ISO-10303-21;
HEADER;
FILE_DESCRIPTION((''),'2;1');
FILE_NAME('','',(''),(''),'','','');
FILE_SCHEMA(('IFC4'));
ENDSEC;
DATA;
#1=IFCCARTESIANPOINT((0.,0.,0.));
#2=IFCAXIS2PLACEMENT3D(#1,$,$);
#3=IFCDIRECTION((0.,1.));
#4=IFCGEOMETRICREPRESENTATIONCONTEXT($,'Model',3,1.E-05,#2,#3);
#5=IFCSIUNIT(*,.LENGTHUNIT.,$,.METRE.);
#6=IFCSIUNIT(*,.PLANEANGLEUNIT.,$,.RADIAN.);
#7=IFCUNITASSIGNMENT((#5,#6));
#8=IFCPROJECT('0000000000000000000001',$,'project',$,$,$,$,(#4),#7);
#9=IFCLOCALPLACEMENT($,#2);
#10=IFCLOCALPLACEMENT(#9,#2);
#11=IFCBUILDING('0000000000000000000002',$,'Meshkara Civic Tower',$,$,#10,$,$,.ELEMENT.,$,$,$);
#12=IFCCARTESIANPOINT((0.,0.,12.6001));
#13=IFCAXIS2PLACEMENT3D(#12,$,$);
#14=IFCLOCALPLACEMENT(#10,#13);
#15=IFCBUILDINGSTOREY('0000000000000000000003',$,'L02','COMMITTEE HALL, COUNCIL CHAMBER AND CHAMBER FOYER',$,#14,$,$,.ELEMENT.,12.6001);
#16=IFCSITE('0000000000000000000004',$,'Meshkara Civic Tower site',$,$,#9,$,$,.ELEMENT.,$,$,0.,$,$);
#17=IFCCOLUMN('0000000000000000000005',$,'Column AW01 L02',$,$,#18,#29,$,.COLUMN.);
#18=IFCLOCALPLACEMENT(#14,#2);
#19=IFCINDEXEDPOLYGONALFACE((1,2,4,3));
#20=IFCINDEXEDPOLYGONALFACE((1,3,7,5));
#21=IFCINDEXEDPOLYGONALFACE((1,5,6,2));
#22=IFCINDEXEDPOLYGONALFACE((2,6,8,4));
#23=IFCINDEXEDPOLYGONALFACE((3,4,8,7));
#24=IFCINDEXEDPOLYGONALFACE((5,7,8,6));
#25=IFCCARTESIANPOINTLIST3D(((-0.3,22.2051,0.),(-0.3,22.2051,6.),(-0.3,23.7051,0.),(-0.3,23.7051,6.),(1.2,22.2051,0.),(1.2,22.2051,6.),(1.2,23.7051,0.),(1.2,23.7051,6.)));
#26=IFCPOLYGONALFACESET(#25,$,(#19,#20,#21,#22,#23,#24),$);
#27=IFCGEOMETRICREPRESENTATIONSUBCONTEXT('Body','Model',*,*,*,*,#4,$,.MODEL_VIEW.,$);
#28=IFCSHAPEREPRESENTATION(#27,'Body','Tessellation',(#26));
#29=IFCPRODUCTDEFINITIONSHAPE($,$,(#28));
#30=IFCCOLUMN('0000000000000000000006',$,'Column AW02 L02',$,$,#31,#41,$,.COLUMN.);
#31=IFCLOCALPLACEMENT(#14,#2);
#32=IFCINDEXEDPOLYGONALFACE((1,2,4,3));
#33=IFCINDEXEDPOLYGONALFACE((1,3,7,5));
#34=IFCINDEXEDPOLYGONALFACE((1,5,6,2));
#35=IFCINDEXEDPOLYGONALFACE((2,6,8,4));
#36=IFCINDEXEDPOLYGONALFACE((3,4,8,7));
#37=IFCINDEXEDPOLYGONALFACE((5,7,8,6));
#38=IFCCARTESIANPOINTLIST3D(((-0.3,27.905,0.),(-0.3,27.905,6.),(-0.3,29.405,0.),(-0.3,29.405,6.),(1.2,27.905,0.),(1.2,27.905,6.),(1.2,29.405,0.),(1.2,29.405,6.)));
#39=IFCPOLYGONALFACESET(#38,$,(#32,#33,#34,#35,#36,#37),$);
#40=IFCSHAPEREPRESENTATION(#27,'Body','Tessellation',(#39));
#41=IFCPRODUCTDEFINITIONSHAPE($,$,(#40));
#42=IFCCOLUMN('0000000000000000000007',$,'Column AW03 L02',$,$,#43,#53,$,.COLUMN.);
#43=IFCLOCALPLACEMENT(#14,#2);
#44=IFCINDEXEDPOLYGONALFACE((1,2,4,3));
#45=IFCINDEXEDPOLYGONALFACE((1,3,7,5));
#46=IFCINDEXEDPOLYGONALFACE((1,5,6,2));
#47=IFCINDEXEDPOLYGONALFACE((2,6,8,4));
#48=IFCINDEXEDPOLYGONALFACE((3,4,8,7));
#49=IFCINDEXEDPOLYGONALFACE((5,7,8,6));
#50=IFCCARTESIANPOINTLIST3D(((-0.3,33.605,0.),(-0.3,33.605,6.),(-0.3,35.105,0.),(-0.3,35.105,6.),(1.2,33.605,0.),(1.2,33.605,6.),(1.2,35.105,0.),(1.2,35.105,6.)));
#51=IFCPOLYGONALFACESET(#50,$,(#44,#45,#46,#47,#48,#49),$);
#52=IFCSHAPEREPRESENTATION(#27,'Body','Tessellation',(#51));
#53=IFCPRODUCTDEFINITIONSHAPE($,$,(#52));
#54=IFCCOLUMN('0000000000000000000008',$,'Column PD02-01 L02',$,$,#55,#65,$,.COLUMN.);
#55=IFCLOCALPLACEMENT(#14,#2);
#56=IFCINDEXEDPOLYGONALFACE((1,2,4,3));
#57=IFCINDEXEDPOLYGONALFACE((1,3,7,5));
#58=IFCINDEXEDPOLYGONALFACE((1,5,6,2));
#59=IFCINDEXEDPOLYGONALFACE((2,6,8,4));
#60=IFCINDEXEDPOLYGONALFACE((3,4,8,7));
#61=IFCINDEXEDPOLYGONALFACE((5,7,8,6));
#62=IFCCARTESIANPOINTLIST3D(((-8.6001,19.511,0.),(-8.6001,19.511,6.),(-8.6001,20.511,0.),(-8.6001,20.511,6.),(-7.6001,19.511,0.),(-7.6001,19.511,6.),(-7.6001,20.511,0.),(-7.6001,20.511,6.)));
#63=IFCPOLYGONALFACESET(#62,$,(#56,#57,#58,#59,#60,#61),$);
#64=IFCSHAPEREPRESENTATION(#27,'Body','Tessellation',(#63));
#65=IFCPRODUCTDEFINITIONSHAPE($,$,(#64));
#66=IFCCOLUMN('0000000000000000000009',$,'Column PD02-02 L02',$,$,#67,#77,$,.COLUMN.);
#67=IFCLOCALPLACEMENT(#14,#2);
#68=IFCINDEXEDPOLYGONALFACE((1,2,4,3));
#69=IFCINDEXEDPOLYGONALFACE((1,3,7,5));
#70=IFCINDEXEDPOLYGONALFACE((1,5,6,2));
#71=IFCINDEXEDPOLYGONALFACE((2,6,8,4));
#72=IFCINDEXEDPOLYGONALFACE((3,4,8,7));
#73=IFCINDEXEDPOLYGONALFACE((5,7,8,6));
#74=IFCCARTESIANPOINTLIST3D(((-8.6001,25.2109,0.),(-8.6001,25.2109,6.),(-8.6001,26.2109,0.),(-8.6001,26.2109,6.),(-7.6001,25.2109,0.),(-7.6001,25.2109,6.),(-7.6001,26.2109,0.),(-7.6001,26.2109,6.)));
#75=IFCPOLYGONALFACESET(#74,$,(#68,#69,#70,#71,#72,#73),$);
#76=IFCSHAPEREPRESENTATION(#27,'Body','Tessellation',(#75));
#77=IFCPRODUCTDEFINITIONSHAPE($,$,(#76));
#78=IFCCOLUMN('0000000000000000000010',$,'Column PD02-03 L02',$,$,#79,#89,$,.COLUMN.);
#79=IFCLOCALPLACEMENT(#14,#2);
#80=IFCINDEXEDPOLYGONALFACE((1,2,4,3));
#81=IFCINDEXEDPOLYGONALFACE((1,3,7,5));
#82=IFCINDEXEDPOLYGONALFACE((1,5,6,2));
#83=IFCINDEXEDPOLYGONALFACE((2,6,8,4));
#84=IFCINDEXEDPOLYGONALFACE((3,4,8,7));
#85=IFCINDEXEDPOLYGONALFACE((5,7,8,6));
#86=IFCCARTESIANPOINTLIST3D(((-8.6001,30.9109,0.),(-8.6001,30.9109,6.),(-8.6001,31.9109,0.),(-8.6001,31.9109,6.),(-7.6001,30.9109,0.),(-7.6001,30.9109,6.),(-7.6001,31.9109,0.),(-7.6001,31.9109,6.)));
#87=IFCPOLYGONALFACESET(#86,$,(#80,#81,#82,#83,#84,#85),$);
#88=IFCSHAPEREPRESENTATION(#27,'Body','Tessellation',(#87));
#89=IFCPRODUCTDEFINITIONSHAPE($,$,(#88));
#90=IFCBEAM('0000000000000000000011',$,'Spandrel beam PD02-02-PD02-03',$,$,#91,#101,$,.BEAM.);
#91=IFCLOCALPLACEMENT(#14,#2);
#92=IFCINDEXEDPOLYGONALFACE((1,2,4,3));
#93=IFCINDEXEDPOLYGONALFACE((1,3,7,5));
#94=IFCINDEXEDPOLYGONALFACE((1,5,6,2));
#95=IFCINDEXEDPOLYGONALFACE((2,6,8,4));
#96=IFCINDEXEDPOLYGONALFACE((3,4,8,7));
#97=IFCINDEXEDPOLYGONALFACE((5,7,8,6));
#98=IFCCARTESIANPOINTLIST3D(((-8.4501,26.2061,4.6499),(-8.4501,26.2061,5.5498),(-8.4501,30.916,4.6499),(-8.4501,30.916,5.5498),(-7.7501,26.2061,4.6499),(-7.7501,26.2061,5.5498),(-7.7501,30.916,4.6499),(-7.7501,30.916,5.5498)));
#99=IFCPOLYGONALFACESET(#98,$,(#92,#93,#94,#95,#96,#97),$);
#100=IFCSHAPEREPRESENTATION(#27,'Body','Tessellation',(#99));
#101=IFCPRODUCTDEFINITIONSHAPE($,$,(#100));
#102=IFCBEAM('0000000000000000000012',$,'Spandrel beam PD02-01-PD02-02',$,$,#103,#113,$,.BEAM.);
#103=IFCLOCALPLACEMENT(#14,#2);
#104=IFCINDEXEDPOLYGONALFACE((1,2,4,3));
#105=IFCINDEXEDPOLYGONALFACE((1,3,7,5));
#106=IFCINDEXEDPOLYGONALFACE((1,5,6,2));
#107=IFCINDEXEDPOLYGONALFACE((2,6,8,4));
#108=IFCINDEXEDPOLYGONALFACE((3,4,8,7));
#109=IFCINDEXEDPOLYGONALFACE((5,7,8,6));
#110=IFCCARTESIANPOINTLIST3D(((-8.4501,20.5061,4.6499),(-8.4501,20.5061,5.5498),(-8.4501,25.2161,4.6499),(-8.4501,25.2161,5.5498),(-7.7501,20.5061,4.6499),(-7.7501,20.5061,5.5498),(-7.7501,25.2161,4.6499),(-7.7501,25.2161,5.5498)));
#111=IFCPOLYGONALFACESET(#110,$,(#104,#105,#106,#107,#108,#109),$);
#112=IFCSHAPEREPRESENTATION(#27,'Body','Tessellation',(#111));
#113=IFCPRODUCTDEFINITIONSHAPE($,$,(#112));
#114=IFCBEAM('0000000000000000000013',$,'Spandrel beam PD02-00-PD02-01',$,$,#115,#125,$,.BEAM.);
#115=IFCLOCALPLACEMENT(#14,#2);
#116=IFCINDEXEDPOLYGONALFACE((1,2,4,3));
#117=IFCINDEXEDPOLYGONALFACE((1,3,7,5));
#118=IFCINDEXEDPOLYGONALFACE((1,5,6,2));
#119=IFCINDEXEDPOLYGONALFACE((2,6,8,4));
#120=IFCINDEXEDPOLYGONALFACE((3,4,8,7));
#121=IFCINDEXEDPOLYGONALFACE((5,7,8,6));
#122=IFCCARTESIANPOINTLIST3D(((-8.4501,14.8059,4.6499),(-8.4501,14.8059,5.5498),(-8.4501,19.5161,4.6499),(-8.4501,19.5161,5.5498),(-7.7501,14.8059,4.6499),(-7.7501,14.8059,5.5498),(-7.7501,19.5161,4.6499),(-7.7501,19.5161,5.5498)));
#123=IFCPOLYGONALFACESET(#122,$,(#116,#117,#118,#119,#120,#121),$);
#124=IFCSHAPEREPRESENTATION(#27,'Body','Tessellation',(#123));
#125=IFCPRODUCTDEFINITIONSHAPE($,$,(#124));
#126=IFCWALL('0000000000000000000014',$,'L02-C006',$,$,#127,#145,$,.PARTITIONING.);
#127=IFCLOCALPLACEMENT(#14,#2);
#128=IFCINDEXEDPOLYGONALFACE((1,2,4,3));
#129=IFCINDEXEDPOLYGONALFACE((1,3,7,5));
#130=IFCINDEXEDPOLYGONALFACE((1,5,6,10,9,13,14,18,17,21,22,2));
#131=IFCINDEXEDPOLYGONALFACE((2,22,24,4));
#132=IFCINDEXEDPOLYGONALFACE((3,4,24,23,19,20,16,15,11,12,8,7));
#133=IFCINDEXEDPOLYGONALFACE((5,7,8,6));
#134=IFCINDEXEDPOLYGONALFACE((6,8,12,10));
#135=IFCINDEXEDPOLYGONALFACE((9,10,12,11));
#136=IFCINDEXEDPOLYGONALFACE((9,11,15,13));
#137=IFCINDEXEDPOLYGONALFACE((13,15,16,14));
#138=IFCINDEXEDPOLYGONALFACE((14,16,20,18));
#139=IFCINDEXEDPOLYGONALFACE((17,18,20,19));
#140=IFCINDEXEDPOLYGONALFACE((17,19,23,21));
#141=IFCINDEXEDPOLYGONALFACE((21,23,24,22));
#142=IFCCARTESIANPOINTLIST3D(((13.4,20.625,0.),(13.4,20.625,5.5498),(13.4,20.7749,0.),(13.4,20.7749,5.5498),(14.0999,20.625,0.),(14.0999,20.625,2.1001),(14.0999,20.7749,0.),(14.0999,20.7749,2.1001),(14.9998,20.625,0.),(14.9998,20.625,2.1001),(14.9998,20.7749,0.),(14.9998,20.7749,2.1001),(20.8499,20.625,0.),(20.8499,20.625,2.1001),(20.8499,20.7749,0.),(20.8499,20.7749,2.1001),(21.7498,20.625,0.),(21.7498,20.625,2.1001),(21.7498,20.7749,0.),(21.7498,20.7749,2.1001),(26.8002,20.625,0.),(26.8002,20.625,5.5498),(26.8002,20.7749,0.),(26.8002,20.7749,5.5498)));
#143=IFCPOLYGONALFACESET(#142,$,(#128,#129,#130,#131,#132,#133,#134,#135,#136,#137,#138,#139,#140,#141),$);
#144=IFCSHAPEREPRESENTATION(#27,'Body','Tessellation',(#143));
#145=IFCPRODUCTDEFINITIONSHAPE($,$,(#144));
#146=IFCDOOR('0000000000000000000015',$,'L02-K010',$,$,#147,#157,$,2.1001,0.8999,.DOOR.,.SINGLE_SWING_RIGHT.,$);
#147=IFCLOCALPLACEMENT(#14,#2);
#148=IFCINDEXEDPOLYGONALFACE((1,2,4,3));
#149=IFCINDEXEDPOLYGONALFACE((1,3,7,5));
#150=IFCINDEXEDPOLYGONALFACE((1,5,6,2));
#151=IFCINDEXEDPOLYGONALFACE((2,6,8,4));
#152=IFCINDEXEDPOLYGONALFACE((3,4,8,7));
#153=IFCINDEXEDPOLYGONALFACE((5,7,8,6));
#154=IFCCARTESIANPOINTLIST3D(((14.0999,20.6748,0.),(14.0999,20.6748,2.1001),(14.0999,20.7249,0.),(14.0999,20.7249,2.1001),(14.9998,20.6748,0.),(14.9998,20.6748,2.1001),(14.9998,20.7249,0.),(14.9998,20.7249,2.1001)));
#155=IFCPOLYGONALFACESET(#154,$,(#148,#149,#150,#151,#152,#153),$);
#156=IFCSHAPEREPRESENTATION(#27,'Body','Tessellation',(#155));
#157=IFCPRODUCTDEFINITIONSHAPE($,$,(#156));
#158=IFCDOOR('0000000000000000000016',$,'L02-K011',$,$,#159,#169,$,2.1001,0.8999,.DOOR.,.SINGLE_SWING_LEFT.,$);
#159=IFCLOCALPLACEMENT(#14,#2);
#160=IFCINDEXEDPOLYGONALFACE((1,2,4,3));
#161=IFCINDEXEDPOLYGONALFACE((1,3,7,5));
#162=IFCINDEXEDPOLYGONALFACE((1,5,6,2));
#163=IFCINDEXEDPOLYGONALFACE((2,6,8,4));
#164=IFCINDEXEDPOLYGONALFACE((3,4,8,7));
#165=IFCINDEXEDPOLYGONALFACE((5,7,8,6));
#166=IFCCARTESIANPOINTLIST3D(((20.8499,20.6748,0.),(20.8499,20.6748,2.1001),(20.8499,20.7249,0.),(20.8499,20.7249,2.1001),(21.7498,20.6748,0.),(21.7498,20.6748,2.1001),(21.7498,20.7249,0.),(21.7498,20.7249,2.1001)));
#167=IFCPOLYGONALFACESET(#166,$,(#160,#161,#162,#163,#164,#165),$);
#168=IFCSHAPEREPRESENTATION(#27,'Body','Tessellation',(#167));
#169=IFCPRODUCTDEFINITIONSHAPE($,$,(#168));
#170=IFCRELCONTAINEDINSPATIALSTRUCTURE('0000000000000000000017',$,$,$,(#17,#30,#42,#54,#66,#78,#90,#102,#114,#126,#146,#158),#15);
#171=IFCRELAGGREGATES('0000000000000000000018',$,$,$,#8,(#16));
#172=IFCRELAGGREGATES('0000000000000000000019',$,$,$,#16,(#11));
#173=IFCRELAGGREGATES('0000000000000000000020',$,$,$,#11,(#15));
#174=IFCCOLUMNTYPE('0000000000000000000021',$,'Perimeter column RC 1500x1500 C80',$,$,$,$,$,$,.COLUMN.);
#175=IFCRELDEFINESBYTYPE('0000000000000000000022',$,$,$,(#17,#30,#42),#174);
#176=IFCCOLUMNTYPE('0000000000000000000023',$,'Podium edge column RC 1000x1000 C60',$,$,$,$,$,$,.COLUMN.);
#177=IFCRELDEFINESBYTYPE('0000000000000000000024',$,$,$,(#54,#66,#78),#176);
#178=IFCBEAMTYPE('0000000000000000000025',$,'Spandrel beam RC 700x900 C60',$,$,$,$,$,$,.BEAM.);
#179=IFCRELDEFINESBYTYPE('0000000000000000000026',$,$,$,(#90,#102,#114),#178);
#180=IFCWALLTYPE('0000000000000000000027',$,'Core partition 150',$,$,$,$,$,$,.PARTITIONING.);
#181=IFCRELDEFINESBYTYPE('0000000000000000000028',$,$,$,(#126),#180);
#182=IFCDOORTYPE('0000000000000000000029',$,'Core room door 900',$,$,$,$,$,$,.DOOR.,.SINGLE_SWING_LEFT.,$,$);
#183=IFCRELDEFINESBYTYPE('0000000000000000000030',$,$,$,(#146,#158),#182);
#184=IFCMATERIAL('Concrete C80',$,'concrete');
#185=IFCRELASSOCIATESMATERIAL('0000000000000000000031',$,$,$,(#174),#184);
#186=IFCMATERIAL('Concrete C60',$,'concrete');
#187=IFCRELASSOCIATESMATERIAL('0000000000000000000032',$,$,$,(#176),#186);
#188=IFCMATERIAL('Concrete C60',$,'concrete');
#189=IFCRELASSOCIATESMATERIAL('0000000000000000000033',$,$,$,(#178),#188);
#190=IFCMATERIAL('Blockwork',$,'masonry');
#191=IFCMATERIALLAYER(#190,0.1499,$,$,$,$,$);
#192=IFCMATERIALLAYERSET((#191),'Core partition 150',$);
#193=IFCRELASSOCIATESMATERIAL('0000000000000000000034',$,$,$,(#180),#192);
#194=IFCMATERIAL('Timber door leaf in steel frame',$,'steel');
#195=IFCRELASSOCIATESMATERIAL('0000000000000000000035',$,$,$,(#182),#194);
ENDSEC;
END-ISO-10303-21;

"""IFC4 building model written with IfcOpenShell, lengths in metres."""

from ifc_helpers import new_model, si_unit, direction, frame, frame_2d, origin, origin_2d, place, context, subcontext, project, spatial, rectangle, extrude, material, layer, layer_set, material_profile, profile_set, type_object, element, fill, save


model = new_model("IFC4")

# Units and contexts
model_context = context("Model", 3, precision=1e-05, world=origin(), true_north=direction((0.0, 1.0)))
body_context = subcontext(model_context, "Body", "Model", "MODEL_VIEW")
ifc_project = project(units=[si_unit("LENGTHUNIT", "METRE"), si_unit("PLANEANGLEUNIT", "RADIAN")], contexts=[model_context])

# Site, building, storey
site_placement = place(None, origin())
site = spatial("IfcSite", under=ifc_project, at=site_placement, Name="Meshkara Civic Tower site", CompositionType="ELEMENT", RefElevation=0.0)
building_placement = place(site_placement, origin())
building = spatial("IfcBuilding", under=site, at=building_placement, Name="Meshkara Civic Tower", CompositionType="ELEMENT")
storey_placement = place(building_placement, frame((0.0, 0.0, 12.6001)))
storey = spatial("IfcBuildingStorey", under=building, at=storey_placement, Name="L02", Description="COMMITTEE HALL, COUNCIL CHAMBER AND CHAMBER FOYER", CompositionType="ELEMENT", Elevation=12.6001)

# Columns
ifc_material_1 = material(Name="Concrete C80", Category="concrete")
ifc_material_profile_1 = material_profile(ifc_material_1, rectangle(XDim=1.5, YDim=1.5, at=origin_2d()))
ifc_profile_set_1 = profile_set([ifc_material_profile_1], Name="Concrete C80")
column_type_1 = type_object("IfcColumnType", Name="Perimeter column RC 1500x1500 C80", PredefinedType="COLUMN", material=ifc_profile_set_1)
for number, where, z_axis, x_axis, name in (
    (1, (0.45, 22.9551, 0.0), (0.0, 0.0, 1.0), (1.0, 0.0, 0.0), "Column AW01 L02"),
    (2, (0.45, 28.655, 0.0), (0.0, 0.0, 1.0), (1.0, 0.0, 0.0), "Column AW02 L02"),
    (3, (0.45, 34.355, 0.0), (0.0, 0.0, 1.0), (1.0, 0.0, 0.0), "Column AW03 L02"),
):
    element("IfcColumn", number, at=place(storey_placement, frame(where, z_axis=z_axis, x_axis=x_axis)), inside=storey, type_object=column_type_1, Name=name, PredefinedType="COLUMN", context=body_context, shape_type="SweptSolid", body=[
        extrude(rectangle(XDim=1.5, YDim=1.5, at=origin_2d()), origin(), (0.0, 0.0, 1.0), 6.0),
    ])
ifc_material_2 = material(Name="Concrete C60", Category="concrete")
ifc_material_profile_2 = material_profile(ifc_material_2, rectangle(XDim=1.0, YDim=1.0, at=origin_2d()))
ifc_profile_set_2 = profile_set([ifc_material_profile_2], Name="Concrete C60")
column_type_2 = type_object("IfcColumnType", Name="Podium edge column RC 1000x1000 C60", PredefinedType="COLUMN", material=ifc_profile_set_2)
for number, where, z_axis, x_axis, name in (
    (4, (-8.1001, 20.011, 0.0), (0.0, 0.0, 1.0), (1.0, 0.0, 0.0), "Column PD02-01 L02"),
    (5, (-8.1001, 25.7109, 0.0), (0.0, 0.0, 1.0), (1.0, 0.0, 0.0), "Column PD02-02 L02"),
    (6, (-8.1001, 31.4109, 0.0), (0.0, 0.0, 1.0), (1.0, 0.0, 0.0), "Column PD02-03 L02"),
):
    element("IfcColumn", number, at=place(storey_placement, frame(where, z_axis=z_axis, x_axis=x_axis)), inside=storey, type_object=column_type_2, Name=name, PredefinedType="COLUMN", context=body_context, shape_type="SweptSolid", body=[
        extrude(rectangle(XDim=1.0, YDim=1.0, at=origin_2d()), origin(), (0.0, 0.0, 1.0), 6.0),
    ])

# Beams
ifc_material_3 = material(Name="Concrete C60", Category="concrete")
ifc_material_profile_3 = material_profile(ifc_material_3, rectangle(XDim=0.7, YDim=0.8999, at=origin_2d()))
ifc_profile_set_3 = profile_set([ifc_material_profile_3], Name="Concrete C60")
beam_type = type_object("IfcBeamType", Name="Spandrel beam RC 700x900 C60", PredefinedType="BEAM", material=ifc_profile_set_3)
for number, where, z_axis, x_axis, name in (
    (7, (-8.1001, 30.916, 5.0999), (0.0, -1.0, 0.0), (1.0, 0.0, 0.0), "Spandrel beam PD02-02-PD02-03"),
    (8, (-8.1001, 25.2161, 5.0999), (0.0, -1.0, 0.0), (1.0, 0.0, 0.0), "Spandrel beam PD02-01-PD02-02"),
):
    element("IfcBeam", number, at=place(storey_placement, frame(where, z_axis=z_axis, x_axis=x_axis)), inside=storey, type_object=beam_type, Name=name, PredefinedType="BEAM", context=body_context, shape_type="SweptSolid", body=[
        extrude(rectangle(XDim=0.7, YDim=0.8999, at=origin_2d()), origin(), (0.0, 0.0, 1.0), 4.71),
    ])
beam_placement = place(storey_placement, frame((-8.1001, 19.5161, 5.0999), z_axis=(0.0, -1.0, 0.0), x_axis=(1.0, 0.0, 0.0)))
element("IfcBeam", 9, at=beam_placement, inside=storey, type_object=beam_type, Name="Spandrel beam PD02-00-PD02-01", PredefinedType="BEAM", context=body_context, shape_type="SweptSolid", body=[
    extrude(rectangle(XDim=0.7, YDim=0.8999, at=origin_2d()), origin(), (0.0, 0.0, 1.0), 4.7102),
])

# Wall, openings, doors
ifc_material_4 = material(Name="Blockwork", Category="masonry")
ifc_layer_1 = layer(ifc_material_4, 0.1499)
ifc_layer_set_1 = layer_set([ifc_layer_1], Name="Core partition 150")
wall_type_1 = type_object("IfcWallType", Name="Core partition 150", PredefinedType="PARTITIONING", material=ifc_layer_set_1)
wall_1_placement = place(storey_placement, frame((13.3999, 20.7, 0.0), z_axis=(0.0, 0.0, 1.0), x_axis=(1.0, 0.0, 0.0)))
wall_1 = element("IfcWall", 10, at=wall_1_placement, inside=storey, type_object=wall_type_1, Name="L02-C006", PredefinedType="PARTITIONING", context=body_context, shape_type="SweptSolid", body=[
    extrude(rectangle(XDim=13.4001, YDim=0.1499, at=frame_2d((6.7002, 0.0))), origin(), (0.0, 0.0, 1.0), 5.5498),
])
opening_1_placement = place(wall_1_placement, frame((0.7, 0.0, 0.0)))
opening_1 = element("IfcOpeningElement", 11, at=opening_1_placement, cuts=wall_1, PredefinedType="OPENING", context=body_context, shape_type="SweptSolid", body=[
    extrude(rectangle(XDim=0.8999, YDim=2.1001, at=frame_2d((0.45, 1.05))), frame((0.0, 0.085, 0.0), z_axis=(0.0, -1.0, 0.0), x_axis=(1.0, 0.0, 0.0)), (0.0, 0.0, 1.0), 0.1699),
])
opening_2_placement = place(wall_1_placement, frame((7.45, 0.0, 0.0)))
opening_2 = element("IfcOpeningElement", 12, at=opening_2_placement, cuts=wall_1, PredefinedType="OPENING", context=body_context, shape_type="SweptSolid", body=[
    extrude(rectangle(XDim=0.8999, YDim=2.1001, at=frame_2d((0.45, 1.05))), frame((0.0, 0.085, 0.0), z_axis=(0.0, -1.0, 0.0), x_axis=(1.0, 0.0, 0.0)), (0.0, 0.0, 1.0), 0.1699),
])
ifc_material_5 = material(Name="Timber door leaf in steel frame", Category="steel")
door_type_1 = type_object("IfcDoorType", Name="Core room door 900", OperationType="SINGLE_SWING_LEFT", PredefinedType="DOOR", material=ifc_material_5)
door_1_placement = place(opening_1_placement, origin())
door_1 = element("IfcDoor", 13, at=door_1_placement, inside=storey, type_object=door_type_1, Name="L02-K010", OperationType="SINGLE_SWING_RIGHT", OverallHeight=2.1001, OverallWidth=0.8999, PredefinedType="DOOR", context=body_context, shape_type="SweptSolid", body=[
    extrude(rectangle(XDim=0.8999, YDim=2.1001, at=frame_2d((0.45, 1.05))), frame((0.0, 0.0249, 0.0), z_axis=(0.0, -1.0, 0.0), x_axis=(1.0, 0.0, 0.0)), (0.0, 0.0, 1.0), 0.05),
])
fill(opening_1, door_1)
door_2_placement = place(opening_2_placement, origin())
door_2 = element("IfcDoor", 14, at=door_2_placement, inside=storey, type_object=door_type_1, Name="L02-K011", OperationType="SINGLE_SWING_LEFT", OverallHeight=2.1001, OverallWidth=0.8999, PredefinedType="DOOR", context=body_context, shape_type="SweptSolid", body=[
    extrude(rectangle(XDim=0.8999, YDim=2.1001, at=frame_2d((0.45, 1.05))), frame((0.0, 0.0249, 0.0), z_axis=(0.0, -1.0, 0.0), x_axis=(1.0, 0.0, 0.0)), (0.0, 0.0, 1.0), 0.05),
])
fill(opening_2, door_2)

save(model, "model.ifc")
